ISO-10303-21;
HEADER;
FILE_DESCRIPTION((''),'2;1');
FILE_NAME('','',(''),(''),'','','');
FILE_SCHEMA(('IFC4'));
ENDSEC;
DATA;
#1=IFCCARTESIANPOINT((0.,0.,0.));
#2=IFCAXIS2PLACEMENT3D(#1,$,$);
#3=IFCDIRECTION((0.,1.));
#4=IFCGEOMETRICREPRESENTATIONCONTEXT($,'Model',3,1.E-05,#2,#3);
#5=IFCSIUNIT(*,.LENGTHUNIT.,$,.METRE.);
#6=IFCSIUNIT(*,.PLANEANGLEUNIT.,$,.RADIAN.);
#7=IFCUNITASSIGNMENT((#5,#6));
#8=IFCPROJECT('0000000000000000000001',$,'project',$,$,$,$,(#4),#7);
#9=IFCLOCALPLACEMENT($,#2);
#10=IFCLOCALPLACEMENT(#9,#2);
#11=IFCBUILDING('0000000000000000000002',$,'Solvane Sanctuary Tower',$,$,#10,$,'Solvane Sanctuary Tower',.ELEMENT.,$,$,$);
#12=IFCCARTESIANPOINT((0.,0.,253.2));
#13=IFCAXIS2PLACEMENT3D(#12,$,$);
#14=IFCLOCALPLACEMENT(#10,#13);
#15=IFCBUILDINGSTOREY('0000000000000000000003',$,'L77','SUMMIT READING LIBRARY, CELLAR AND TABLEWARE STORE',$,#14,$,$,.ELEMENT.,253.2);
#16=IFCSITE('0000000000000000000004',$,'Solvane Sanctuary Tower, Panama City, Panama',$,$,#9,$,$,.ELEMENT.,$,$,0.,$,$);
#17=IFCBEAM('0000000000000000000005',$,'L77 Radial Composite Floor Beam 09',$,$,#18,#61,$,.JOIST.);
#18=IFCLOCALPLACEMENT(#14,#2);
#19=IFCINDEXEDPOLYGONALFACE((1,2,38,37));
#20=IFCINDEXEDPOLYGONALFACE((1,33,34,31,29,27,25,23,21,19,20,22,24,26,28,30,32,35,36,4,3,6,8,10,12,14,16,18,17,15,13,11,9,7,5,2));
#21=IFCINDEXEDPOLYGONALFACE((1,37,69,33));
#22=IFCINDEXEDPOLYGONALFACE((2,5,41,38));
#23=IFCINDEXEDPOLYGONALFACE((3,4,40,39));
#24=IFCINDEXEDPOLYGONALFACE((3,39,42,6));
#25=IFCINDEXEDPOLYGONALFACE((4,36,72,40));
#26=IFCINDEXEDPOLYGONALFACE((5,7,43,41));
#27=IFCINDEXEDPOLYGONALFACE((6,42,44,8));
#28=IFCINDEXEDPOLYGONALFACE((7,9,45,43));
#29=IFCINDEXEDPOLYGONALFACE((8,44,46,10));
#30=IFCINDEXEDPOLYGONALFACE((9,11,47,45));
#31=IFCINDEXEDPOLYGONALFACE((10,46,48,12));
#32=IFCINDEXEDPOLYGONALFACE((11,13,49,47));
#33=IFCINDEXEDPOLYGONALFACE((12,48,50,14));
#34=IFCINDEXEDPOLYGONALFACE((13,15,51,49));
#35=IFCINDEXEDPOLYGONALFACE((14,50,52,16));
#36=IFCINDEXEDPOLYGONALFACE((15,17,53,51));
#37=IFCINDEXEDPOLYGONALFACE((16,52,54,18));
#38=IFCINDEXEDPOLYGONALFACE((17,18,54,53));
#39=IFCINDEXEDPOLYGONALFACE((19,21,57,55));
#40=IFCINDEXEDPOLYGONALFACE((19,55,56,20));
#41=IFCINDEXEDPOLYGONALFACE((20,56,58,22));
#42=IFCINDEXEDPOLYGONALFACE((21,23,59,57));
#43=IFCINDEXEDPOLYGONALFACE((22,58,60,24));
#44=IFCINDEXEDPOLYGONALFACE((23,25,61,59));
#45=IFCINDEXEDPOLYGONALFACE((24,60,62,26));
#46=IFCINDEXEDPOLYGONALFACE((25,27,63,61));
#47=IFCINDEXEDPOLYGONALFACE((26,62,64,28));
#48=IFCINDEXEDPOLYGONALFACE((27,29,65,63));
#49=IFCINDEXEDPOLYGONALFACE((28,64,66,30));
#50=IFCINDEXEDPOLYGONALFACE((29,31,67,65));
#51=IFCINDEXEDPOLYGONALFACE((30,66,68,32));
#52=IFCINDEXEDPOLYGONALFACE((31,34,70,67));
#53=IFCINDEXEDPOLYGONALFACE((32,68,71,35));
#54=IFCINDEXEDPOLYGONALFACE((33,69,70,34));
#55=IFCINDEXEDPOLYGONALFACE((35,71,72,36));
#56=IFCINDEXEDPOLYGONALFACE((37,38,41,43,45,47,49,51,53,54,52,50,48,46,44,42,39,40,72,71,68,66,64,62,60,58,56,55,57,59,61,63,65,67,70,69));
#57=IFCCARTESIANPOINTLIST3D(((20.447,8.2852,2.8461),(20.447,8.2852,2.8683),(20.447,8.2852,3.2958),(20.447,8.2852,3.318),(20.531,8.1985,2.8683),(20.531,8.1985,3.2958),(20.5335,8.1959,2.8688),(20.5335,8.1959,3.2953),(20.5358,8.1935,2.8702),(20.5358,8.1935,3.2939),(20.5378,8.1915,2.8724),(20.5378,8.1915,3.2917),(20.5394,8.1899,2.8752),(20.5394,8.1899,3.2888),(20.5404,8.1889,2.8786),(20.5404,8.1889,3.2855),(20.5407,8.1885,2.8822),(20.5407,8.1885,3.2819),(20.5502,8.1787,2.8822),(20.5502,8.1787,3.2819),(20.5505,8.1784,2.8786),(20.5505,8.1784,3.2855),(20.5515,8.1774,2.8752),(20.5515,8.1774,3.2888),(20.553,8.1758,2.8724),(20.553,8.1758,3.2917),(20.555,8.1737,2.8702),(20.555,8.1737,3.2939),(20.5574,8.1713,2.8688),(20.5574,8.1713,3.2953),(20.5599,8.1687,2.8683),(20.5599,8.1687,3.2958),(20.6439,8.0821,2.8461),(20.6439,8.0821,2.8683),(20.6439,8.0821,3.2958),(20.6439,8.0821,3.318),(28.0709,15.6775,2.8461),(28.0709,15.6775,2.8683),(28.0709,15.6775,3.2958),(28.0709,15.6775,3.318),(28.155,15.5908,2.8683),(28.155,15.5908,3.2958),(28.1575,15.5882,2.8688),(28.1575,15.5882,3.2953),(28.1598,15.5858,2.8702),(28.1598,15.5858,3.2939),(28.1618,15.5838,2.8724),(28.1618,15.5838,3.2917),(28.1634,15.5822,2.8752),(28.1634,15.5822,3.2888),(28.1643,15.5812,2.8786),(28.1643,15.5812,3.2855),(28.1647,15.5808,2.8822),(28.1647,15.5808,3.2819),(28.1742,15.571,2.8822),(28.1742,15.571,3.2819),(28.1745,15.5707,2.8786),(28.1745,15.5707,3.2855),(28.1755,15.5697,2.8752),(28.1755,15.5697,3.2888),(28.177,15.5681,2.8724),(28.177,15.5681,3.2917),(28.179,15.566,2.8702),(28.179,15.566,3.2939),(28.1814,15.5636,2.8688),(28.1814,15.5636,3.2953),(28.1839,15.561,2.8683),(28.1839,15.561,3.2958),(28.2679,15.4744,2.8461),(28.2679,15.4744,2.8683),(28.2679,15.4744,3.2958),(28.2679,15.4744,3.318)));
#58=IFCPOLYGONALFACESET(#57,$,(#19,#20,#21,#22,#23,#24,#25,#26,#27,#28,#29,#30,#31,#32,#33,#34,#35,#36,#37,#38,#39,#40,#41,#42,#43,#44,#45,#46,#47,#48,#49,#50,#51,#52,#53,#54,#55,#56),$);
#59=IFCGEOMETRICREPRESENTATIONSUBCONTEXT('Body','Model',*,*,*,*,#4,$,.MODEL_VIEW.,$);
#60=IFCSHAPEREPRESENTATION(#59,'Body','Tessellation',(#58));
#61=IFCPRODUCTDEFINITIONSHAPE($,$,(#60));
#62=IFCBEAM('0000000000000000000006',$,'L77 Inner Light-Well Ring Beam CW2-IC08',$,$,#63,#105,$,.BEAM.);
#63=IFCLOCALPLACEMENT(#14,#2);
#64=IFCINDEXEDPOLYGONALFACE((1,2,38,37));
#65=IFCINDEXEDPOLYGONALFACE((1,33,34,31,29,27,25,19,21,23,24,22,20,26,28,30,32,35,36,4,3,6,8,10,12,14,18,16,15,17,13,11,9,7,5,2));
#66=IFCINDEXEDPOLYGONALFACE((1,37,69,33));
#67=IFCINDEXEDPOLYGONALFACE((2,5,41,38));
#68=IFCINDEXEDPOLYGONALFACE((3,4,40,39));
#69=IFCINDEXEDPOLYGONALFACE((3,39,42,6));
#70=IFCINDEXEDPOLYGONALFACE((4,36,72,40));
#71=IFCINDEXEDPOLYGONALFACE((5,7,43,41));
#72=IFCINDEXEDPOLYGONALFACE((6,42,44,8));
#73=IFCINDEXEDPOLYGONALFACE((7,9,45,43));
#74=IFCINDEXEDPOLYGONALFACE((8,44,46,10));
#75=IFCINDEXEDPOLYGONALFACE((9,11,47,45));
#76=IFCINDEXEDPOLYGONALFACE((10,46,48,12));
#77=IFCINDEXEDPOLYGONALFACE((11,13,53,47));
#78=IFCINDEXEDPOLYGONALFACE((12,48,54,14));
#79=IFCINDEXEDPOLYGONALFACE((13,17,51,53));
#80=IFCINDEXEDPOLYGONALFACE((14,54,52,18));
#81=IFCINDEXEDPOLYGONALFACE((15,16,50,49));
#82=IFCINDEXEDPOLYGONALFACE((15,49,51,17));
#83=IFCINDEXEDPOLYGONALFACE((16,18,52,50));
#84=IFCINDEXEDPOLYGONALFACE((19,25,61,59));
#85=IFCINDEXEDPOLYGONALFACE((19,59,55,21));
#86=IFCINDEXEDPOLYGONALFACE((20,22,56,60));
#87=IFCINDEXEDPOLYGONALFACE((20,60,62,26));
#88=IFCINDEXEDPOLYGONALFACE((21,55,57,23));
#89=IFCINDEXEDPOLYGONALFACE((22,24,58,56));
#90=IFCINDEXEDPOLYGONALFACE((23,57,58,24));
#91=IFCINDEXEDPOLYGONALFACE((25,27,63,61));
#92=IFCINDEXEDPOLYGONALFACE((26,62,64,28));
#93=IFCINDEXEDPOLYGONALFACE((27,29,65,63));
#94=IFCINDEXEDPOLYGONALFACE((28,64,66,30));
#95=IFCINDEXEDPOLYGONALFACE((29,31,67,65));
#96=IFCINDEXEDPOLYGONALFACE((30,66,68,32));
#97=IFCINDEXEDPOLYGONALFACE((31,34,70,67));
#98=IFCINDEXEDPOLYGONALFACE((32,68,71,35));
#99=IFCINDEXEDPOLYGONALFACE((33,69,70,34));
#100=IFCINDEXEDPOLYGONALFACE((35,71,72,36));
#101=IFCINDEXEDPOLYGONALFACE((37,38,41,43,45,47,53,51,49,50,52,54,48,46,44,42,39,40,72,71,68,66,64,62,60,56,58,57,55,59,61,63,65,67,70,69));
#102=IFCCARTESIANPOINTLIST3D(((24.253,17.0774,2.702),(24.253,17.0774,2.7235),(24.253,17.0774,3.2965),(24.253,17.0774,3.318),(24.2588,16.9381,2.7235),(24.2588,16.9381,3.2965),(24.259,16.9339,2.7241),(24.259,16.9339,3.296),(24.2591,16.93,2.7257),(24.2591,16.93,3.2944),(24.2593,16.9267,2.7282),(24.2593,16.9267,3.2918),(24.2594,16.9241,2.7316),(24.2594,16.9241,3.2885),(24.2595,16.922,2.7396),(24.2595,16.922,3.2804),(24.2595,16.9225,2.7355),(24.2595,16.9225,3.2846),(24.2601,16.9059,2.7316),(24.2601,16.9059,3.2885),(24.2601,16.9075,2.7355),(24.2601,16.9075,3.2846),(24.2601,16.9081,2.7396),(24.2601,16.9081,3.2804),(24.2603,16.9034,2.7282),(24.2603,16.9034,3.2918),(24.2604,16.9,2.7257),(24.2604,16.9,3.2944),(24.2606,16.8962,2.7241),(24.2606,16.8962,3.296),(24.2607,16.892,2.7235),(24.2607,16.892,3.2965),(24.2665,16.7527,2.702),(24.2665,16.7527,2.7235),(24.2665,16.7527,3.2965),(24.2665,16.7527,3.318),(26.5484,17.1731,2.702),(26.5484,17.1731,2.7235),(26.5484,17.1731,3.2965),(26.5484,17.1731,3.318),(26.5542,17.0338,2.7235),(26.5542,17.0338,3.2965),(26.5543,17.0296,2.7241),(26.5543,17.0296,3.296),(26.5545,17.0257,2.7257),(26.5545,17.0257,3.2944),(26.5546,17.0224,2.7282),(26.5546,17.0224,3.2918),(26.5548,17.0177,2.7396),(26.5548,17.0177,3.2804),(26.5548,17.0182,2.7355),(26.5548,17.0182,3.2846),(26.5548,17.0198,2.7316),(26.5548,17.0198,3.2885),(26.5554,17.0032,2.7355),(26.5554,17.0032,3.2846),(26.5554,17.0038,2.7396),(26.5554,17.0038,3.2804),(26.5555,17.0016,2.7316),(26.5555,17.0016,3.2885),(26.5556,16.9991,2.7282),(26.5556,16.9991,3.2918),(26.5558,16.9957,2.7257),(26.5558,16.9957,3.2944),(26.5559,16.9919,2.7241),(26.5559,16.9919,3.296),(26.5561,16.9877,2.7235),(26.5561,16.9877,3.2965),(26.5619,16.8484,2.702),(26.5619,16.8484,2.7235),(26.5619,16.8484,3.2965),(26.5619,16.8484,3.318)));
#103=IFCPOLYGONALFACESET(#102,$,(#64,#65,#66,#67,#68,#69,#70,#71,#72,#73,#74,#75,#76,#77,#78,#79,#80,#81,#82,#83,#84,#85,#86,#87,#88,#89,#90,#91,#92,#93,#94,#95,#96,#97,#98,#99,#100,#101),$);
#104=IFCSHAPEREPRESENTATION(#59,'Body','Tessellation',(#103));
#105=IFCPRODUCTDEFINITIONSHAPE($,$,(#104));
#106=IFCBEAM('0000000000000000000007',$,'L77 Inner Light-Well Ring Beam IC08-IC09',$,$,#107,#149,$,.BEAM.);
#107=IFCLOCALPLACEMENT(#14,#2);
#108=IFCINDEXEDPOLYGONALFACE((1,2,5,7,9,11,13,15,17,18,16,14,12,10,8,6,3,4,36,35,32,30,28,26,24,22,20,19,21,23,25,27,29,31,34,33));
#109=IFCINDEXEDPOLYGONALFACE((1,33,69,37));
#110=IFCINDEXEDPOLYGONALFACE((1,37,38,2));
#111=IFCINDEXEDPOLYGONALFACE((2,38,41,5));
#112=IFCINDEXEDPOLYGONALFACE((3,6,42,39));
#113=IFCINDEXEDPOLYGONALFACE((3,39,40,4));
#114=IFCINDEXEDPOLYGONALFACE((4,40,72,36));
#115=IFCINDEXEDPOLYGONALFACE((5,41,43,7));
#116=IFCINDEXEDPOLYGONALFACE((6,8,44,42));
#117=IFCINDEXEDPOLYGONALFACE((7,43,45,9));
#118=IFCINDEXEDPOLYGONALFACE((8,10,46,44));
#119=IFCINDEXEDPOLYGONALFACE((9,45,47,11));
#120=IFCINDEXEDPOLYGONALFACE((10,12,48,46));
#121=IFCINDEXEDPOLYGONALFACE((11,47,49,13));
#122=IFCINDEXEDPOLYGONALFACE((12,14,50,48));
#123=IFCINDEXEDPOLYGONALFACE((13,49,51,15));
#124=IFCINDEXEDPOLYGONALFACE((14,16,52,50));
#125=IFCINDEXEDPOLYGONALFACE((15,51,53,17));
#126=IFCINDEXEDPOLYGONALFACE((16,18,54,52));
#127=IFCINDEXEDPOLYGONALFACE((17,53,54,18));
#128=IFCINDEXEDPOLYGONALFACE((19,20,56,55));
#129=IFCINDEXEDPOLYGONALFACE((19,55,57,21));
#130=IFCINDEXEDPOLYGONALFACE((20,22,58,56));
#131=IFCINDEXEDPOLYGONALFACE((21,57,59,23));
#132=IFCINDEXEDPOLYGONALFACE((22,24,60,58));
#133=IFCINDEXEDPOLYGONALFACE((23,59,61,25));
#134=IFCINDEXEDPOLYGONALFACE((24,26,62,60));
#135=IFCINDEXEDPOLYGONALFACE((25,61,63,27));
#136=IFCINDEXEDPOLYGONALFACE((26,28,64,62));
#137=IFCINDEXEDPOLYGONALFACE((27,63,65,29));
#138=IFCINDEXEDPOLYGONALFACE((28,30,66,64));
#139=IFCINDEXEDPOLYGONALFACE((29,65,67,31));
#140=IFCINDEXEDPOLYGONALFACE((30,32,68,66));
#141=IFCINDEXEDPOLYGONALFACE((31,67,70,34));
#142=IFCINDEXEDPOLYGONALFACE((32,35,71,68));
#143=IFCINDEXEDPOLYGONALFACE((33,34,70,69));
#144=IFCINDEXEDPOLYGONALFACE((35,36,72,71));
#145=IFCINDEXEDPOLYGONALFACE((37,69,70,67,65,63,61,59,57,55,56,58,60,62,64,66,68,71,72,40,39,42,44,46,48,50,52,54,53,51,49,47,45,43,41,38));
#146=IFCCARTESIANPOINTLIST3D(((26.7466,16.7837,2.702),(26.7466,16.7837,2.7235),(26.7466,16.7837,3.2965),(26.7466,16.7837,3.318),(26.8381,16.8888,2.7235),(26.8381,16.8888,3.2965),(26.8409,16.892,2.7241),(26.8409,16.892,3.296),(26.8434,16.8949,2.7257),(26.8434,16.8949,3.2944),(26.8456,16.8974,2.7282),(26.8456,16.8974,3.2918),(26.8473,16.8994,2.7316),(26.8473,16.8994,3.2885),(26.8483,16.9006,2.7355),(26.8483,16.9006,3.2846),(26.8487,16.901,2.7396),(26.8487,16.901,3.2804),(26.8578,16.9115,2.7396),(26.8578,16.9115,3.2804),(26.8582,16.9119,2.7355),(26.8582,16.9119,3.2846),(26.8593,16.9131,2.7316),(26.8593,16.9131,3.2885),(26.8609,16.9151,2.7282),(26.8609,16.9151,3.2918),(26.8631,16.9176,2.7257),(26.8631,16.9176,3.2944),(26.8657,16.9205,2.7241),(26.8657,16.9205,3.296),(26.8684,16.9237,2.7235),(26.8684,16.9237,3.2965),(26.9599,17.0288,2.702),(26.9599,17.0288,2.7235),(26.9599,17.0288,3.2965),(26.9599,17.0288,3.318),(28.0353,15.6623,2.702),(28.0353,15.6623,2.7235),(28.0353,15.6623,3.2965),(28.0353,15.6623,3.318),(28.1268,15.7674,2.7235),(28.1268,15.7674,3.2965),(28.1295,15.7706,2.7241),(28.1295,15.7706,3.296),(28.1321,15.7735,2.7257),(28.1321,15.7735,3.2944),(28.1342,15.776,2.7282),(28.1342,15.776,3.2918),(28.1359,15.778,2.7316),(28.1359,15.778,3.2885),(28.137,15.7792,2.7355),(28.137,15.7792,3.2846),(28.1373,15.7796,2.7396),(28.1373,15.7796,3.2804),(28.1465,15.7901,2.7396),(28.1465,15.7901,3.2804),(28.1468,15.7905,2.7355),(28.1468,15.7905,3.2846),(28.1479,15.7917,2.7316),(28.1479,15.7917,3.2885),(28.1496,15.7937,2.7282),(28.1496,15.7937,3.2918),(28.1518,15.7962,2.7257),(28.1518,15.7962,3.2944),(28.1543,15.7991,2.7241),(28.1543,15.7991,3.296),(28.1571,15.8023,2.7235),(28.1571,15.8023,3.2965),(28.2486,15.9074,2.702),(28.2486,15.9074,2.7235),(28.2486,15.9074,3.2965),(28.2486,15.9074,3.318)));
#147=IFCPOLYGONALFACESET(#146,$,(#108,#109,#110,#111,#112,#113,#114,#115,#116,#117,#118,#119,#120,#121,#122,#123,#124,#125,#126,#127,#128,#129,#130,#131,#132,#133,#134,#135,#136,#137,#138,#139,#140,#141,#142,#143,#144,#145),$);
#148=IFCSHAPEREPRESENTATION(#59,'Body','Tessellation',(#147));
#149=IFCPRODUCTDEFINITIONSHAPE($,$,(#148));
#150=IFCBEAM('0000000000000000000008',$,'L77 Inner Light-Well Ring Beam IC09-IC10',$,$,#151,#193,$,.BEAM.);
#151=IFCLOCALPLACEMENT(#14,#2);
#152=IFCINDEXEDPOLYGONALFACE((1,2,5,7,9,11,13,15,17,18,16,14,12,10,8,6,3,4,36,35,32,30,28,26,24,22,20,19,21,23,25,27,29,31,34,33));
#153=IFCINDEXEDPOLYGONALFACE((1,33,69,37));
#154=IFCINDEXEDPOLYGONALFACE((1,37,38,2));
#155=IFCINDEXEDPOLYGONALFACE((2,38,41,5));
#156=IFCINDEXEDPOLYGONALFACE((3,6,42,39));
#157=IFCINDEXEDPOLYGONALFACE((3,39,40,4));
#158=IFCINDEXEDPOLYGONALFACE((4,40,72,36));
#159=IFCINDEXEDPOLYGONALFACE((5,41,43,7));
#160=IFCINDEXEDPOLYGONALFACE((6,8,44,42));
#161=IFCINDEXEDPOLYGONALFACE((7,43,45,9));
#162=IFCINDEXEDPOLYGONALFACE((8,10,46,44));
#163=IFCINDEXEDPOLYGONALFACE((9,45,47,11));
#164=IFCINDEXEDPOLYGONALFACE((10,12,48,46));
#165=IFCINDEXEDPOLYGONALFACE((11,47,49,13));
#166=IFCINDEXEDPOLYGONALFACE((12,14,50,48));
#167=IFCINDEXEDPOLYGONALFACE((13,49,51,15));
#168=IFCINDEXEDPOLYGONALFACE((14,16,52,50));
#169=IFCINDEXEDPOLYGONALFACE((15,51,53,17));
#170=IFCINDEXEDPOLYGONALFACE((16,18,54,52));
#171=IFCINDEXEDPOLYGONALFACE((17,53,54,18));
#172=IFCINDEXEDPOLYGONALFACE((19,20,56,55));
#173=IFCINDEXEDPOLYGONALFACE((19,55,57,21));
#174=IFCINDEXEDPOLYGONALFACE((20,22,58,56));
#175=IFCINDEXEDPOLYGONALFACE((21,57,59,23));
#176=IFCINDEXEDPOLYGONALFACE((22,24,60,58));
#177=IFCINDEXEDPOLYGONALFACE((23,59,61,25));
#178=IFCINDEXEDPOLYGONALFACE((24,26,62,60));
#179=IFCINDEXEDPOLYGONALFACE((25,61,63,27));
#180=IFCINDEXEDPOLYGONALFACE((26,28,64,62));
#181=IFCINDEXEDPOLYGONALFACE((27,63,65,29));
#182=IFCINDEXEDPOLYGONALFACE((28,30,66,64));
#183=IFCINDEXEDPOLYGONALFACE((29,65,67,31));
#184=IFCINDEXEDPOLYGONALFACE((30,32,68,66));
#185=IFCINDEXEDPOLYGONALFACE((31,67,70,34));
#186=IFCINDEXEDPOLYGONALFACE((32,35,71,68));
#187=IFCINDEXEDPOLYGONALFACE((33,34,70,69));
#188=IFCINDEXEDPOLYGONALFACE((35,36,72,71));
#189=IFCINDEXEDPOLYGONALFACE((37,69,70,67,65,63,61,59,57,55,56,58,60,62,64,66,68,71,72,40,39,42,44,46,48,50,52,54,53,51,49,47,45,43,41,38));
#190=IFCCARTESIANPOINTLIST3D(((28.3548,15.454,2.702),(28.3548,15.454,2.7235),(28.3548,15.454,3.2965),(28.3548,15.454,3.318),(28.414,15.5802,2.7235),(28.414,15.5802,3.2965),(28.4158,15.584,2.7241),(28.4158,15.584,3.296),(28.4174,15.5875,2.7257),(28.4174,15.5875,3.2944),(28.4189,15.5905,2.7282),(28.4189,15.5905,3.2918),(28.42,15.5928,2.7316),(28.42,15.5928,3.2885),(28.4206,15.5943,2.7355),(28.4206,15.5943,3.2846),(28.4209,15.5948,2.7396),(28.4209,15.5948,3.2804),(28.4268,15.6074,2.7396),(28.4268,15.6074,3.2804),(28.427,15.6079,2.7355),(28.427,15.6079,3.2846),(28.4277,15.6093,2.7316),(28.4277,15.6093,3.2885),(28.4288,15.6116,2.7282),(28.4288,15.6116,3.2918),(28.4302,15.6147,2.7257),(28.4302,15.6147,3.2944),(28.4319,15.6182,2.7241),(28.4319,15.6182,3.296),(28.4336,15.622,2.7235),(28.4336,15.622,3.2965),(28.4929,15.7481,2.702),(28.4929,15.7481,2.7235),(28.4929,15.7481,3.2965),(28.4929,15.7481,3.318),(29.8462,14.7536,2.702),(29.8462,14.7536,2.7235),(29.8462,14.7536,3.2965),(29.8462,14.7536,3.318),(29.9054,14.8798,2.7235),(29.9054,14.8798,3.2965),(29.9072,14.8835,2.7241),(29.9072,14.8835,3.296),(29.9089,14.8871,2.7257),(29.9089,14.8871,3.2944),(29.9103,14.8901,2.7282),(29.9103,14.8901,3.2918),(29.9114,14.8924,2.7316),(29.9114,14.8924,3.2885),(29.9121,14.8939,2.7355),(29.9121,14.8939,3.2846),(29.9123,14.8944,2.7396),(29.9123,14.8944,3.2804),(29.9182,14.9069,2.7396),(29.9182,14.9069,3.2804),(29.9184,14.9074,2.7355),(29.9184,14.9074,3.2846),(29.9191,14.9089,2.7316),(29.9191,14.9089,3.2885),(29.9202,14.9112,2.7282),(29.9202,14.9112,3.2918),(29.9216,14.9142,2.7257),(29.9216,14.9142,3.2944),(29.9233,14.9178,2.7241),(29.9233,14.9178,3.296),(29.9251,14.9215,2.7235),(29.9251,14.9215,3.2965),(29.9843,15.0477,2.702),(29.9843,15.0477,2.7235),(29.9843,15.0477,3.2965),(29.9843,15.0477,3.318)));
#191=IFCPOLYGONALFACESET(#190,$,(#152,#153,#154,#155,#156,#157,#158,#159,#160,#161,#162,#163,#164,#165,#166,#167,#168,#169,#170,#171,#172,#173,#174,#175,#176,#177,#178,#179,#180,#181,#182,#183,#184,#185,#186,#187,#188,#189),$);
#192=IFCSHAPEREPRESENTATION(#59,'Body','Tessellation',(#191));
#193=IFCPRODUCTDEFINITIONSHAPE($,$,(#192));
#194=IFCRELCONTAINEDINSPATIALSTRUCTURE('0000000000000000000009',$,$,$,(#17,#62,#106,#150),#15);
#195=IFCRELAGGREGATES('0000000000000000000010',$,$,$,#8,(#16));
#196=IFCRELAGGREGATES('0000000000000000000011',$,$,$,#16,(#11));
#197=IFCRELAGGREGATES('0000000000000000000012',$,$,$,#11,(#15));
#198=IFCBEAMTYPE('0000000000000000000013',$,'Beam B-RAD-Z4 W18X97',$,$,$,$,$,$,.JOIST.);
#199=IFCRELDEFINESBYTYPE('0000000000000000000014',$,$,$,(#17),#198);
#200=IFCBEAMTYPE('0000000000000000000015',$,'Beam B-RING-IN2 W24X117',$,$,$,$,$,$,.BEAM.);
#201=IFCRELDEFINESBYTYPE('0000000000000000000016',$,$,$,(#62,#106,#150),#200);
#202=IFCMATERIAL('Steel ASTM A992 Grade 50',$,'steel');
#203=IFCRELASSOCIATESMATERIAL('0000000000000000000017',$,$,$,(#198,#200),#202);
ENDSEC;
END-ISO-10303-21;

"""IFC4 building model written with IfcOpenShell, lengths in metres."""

from ifc_helpers import new_model, si_unit, direction, frame, origin, origin_2d, place, context, subcontext, project, spatial, i_section, extrude, material, material_profile, profile_set, type_object, element, save


model = new_model("IFC4")

# Units and contexts
model_context = context("Model", 3, precision=1e-05, world=origin(), true_north=direction((0.0, 1.0)))
body_context = subcontext(model_context, "Body", "Model", "MODEL_VIEW")
ifc_project = project(units=[si_unit("LENGTHUNIT", "METRE"), si_unit("PLANEANGLEUNIT", "RADIAN")], contexts=[model_context])

# Site, building, storey
site_placement = place(None, origin())
site = spatial("IfcSite", under=ifc_project, at=site_placement, Name="Solvane Sanctuary Tower, Panama City, Panama", CompositionType="ELEMENT", RefElevation=0.0)
building_placement = place(site_placement, origin())
building = spatial("IfcBuilding", under=site, at=building_placement, Name="Solvane Sanctuary Tower", LongName="Solvane Sanctuary Tower", CompositionType="ELEMENT")
storey_placement = place(building_placement, frame((0.0, 0.0, 253.2)))
storey = spatial("IfcBuildingStorey", under=building, at=storey_placement, Name="L77", Description="SUMMIT READING LIBRARY, CELLAR AND TABLEWARE STORE", CompositionType="ELEMENT", Elevation=253.2)

# Beams
ifc_material_1 = material(Name="Steel ASTM A992 Grade 50", Category="steel")
ifc_material_profile_1 = material_profile(ifc_material_1, i_section(OverallWidth=0.283, OverallDepth=0.4719, WebThickness=0.0137, FlangeThickness=0.0222, FilletRadius=0.0139, at=origin_2d()), Name="W18X97")
ifc_profile_set_1 = profile_set([ifc_material_profile_1], Name="Steel ASTM A992 Grade 50")
beam_type_1 = type_object("IfcBeamType", Name="Beam B-RAD-Z4 W18X97", PredefinedType="JOIST", material=ifc_profile_set_1)
beam_1_placement = place(storey_placement, frame((28.1694, 15.5759, 3.082), z_axis=(-0.717931, -0.696114, 0.0), x_axis=(0.696114, -0.717931, 0.0)))
element("IfcBeam", 1, at=beam_1_placement, inside=storey, type_object=beam_type_1, Name="L77 Radial Composite Floor Beam 09", PredefinedType="JOIST", context=body_context, shape_type="SweptSolid", body=[
    extrude(i_section(OverallWidth=0.283, OverallDepth=0.4719, WebThickness=0.0137, FlangeThickness=0.0222, FilletRadius=0.0139, at=origin_2d()), origin(), (0.0, 0.0, 1.0), 10.6194),
])
ifc_material_profile_2 = material_profile(ifc_material_1, i_section(OverallWidth=0.325, OverallDepth=0.616, WebThickness=0.0139, FlangeThickness=0.0215, FilletRadius=0.0161, at=origin_2d()), Name="W24X117")
ifc_profile_set_2 = profile_set([ifc_material_profile_2], Name="Steel ASTM A992 Grade 50")
beam_type_2 = type_object("IfcBeamType", Name="Beam B-RING-IN2 W24X117", PredefinedType="BEAM", material=ifc_profile_set_2)
beam_2_placement = place(storey_placement, frame((24.2598, 16.915, 3.01), z_axis=(0.999132, 0.041657, 0.0), x_axis=(-0.041657, 0.999132, 0.0)))
element("IfcBeam", 2, at=beam_2_placement, inside=storey, type_object=beam_type_2, Name="L77 Inner Light-Well Ring Beam CW2-IC08", PredefinedType="BEAM", context=body_context, shape_type="SweptSolid", body=[
    extrude(i_section(OverallWidth=0.325, OverallDepth=0.616, WebThickness=0.0139, FlangeThickness=0.0215, FilletRadius=0.0161, at=origin_2d()), origin(), (0.0, 0.0, 1.0), 2.2974),
])
beam_3_placement = place(storey_placement, frame((26.8533, 16.9062, 3.01), z_axis=(0.754362, -0.656458, 0.0), x_axis=(0.656458, 0.754362, 0.0)))
element("IfcBeam", 3, at=beam_3_placement, inside=storey, type_object=beam_type_2, Name="L77 Inner Light-Well Ring Beam IC08-IC09", PredefinedType="BEAM", context=body_context, shape_type="SweptSolid", body=[
    extrude(i_section(OverallWidth=0.325, OverallDepth=0.616, WebThickness=0.0139, FlangeThickness=0.0215, FilletRadius=0.0161, at=origin_2d()), origin(), (0.0, 0.0, 1.0), 1.7083),
])
beam_4_placement = place(storey_placement, frame((28.4238, 15.6011, 3.01), z_axis=(0.905151, -0.42509, 0.0), x_axis=(0.42509, 0.905151, 0.0)))
element("IfcBeam", 4, at=beam_4_placement, inside=storey, type_object=beam_type_2, Name="L77 Inner Light-Well Ring Beam IC09-IC10", PredefinedType="BEAM", context=body_context, shape_type="SweptSolid", body=[
    extrude(i_section(OverallWidth=0.325, OverallDepth=0.616, WebThickness=0.0139, FlangeThickness=0.0215, FilletRadius=0.0161, at=origin_2d()), origin(), (0.0, 0.0, 1.0), 1.6477),
])

save(model, "model.ifc")
